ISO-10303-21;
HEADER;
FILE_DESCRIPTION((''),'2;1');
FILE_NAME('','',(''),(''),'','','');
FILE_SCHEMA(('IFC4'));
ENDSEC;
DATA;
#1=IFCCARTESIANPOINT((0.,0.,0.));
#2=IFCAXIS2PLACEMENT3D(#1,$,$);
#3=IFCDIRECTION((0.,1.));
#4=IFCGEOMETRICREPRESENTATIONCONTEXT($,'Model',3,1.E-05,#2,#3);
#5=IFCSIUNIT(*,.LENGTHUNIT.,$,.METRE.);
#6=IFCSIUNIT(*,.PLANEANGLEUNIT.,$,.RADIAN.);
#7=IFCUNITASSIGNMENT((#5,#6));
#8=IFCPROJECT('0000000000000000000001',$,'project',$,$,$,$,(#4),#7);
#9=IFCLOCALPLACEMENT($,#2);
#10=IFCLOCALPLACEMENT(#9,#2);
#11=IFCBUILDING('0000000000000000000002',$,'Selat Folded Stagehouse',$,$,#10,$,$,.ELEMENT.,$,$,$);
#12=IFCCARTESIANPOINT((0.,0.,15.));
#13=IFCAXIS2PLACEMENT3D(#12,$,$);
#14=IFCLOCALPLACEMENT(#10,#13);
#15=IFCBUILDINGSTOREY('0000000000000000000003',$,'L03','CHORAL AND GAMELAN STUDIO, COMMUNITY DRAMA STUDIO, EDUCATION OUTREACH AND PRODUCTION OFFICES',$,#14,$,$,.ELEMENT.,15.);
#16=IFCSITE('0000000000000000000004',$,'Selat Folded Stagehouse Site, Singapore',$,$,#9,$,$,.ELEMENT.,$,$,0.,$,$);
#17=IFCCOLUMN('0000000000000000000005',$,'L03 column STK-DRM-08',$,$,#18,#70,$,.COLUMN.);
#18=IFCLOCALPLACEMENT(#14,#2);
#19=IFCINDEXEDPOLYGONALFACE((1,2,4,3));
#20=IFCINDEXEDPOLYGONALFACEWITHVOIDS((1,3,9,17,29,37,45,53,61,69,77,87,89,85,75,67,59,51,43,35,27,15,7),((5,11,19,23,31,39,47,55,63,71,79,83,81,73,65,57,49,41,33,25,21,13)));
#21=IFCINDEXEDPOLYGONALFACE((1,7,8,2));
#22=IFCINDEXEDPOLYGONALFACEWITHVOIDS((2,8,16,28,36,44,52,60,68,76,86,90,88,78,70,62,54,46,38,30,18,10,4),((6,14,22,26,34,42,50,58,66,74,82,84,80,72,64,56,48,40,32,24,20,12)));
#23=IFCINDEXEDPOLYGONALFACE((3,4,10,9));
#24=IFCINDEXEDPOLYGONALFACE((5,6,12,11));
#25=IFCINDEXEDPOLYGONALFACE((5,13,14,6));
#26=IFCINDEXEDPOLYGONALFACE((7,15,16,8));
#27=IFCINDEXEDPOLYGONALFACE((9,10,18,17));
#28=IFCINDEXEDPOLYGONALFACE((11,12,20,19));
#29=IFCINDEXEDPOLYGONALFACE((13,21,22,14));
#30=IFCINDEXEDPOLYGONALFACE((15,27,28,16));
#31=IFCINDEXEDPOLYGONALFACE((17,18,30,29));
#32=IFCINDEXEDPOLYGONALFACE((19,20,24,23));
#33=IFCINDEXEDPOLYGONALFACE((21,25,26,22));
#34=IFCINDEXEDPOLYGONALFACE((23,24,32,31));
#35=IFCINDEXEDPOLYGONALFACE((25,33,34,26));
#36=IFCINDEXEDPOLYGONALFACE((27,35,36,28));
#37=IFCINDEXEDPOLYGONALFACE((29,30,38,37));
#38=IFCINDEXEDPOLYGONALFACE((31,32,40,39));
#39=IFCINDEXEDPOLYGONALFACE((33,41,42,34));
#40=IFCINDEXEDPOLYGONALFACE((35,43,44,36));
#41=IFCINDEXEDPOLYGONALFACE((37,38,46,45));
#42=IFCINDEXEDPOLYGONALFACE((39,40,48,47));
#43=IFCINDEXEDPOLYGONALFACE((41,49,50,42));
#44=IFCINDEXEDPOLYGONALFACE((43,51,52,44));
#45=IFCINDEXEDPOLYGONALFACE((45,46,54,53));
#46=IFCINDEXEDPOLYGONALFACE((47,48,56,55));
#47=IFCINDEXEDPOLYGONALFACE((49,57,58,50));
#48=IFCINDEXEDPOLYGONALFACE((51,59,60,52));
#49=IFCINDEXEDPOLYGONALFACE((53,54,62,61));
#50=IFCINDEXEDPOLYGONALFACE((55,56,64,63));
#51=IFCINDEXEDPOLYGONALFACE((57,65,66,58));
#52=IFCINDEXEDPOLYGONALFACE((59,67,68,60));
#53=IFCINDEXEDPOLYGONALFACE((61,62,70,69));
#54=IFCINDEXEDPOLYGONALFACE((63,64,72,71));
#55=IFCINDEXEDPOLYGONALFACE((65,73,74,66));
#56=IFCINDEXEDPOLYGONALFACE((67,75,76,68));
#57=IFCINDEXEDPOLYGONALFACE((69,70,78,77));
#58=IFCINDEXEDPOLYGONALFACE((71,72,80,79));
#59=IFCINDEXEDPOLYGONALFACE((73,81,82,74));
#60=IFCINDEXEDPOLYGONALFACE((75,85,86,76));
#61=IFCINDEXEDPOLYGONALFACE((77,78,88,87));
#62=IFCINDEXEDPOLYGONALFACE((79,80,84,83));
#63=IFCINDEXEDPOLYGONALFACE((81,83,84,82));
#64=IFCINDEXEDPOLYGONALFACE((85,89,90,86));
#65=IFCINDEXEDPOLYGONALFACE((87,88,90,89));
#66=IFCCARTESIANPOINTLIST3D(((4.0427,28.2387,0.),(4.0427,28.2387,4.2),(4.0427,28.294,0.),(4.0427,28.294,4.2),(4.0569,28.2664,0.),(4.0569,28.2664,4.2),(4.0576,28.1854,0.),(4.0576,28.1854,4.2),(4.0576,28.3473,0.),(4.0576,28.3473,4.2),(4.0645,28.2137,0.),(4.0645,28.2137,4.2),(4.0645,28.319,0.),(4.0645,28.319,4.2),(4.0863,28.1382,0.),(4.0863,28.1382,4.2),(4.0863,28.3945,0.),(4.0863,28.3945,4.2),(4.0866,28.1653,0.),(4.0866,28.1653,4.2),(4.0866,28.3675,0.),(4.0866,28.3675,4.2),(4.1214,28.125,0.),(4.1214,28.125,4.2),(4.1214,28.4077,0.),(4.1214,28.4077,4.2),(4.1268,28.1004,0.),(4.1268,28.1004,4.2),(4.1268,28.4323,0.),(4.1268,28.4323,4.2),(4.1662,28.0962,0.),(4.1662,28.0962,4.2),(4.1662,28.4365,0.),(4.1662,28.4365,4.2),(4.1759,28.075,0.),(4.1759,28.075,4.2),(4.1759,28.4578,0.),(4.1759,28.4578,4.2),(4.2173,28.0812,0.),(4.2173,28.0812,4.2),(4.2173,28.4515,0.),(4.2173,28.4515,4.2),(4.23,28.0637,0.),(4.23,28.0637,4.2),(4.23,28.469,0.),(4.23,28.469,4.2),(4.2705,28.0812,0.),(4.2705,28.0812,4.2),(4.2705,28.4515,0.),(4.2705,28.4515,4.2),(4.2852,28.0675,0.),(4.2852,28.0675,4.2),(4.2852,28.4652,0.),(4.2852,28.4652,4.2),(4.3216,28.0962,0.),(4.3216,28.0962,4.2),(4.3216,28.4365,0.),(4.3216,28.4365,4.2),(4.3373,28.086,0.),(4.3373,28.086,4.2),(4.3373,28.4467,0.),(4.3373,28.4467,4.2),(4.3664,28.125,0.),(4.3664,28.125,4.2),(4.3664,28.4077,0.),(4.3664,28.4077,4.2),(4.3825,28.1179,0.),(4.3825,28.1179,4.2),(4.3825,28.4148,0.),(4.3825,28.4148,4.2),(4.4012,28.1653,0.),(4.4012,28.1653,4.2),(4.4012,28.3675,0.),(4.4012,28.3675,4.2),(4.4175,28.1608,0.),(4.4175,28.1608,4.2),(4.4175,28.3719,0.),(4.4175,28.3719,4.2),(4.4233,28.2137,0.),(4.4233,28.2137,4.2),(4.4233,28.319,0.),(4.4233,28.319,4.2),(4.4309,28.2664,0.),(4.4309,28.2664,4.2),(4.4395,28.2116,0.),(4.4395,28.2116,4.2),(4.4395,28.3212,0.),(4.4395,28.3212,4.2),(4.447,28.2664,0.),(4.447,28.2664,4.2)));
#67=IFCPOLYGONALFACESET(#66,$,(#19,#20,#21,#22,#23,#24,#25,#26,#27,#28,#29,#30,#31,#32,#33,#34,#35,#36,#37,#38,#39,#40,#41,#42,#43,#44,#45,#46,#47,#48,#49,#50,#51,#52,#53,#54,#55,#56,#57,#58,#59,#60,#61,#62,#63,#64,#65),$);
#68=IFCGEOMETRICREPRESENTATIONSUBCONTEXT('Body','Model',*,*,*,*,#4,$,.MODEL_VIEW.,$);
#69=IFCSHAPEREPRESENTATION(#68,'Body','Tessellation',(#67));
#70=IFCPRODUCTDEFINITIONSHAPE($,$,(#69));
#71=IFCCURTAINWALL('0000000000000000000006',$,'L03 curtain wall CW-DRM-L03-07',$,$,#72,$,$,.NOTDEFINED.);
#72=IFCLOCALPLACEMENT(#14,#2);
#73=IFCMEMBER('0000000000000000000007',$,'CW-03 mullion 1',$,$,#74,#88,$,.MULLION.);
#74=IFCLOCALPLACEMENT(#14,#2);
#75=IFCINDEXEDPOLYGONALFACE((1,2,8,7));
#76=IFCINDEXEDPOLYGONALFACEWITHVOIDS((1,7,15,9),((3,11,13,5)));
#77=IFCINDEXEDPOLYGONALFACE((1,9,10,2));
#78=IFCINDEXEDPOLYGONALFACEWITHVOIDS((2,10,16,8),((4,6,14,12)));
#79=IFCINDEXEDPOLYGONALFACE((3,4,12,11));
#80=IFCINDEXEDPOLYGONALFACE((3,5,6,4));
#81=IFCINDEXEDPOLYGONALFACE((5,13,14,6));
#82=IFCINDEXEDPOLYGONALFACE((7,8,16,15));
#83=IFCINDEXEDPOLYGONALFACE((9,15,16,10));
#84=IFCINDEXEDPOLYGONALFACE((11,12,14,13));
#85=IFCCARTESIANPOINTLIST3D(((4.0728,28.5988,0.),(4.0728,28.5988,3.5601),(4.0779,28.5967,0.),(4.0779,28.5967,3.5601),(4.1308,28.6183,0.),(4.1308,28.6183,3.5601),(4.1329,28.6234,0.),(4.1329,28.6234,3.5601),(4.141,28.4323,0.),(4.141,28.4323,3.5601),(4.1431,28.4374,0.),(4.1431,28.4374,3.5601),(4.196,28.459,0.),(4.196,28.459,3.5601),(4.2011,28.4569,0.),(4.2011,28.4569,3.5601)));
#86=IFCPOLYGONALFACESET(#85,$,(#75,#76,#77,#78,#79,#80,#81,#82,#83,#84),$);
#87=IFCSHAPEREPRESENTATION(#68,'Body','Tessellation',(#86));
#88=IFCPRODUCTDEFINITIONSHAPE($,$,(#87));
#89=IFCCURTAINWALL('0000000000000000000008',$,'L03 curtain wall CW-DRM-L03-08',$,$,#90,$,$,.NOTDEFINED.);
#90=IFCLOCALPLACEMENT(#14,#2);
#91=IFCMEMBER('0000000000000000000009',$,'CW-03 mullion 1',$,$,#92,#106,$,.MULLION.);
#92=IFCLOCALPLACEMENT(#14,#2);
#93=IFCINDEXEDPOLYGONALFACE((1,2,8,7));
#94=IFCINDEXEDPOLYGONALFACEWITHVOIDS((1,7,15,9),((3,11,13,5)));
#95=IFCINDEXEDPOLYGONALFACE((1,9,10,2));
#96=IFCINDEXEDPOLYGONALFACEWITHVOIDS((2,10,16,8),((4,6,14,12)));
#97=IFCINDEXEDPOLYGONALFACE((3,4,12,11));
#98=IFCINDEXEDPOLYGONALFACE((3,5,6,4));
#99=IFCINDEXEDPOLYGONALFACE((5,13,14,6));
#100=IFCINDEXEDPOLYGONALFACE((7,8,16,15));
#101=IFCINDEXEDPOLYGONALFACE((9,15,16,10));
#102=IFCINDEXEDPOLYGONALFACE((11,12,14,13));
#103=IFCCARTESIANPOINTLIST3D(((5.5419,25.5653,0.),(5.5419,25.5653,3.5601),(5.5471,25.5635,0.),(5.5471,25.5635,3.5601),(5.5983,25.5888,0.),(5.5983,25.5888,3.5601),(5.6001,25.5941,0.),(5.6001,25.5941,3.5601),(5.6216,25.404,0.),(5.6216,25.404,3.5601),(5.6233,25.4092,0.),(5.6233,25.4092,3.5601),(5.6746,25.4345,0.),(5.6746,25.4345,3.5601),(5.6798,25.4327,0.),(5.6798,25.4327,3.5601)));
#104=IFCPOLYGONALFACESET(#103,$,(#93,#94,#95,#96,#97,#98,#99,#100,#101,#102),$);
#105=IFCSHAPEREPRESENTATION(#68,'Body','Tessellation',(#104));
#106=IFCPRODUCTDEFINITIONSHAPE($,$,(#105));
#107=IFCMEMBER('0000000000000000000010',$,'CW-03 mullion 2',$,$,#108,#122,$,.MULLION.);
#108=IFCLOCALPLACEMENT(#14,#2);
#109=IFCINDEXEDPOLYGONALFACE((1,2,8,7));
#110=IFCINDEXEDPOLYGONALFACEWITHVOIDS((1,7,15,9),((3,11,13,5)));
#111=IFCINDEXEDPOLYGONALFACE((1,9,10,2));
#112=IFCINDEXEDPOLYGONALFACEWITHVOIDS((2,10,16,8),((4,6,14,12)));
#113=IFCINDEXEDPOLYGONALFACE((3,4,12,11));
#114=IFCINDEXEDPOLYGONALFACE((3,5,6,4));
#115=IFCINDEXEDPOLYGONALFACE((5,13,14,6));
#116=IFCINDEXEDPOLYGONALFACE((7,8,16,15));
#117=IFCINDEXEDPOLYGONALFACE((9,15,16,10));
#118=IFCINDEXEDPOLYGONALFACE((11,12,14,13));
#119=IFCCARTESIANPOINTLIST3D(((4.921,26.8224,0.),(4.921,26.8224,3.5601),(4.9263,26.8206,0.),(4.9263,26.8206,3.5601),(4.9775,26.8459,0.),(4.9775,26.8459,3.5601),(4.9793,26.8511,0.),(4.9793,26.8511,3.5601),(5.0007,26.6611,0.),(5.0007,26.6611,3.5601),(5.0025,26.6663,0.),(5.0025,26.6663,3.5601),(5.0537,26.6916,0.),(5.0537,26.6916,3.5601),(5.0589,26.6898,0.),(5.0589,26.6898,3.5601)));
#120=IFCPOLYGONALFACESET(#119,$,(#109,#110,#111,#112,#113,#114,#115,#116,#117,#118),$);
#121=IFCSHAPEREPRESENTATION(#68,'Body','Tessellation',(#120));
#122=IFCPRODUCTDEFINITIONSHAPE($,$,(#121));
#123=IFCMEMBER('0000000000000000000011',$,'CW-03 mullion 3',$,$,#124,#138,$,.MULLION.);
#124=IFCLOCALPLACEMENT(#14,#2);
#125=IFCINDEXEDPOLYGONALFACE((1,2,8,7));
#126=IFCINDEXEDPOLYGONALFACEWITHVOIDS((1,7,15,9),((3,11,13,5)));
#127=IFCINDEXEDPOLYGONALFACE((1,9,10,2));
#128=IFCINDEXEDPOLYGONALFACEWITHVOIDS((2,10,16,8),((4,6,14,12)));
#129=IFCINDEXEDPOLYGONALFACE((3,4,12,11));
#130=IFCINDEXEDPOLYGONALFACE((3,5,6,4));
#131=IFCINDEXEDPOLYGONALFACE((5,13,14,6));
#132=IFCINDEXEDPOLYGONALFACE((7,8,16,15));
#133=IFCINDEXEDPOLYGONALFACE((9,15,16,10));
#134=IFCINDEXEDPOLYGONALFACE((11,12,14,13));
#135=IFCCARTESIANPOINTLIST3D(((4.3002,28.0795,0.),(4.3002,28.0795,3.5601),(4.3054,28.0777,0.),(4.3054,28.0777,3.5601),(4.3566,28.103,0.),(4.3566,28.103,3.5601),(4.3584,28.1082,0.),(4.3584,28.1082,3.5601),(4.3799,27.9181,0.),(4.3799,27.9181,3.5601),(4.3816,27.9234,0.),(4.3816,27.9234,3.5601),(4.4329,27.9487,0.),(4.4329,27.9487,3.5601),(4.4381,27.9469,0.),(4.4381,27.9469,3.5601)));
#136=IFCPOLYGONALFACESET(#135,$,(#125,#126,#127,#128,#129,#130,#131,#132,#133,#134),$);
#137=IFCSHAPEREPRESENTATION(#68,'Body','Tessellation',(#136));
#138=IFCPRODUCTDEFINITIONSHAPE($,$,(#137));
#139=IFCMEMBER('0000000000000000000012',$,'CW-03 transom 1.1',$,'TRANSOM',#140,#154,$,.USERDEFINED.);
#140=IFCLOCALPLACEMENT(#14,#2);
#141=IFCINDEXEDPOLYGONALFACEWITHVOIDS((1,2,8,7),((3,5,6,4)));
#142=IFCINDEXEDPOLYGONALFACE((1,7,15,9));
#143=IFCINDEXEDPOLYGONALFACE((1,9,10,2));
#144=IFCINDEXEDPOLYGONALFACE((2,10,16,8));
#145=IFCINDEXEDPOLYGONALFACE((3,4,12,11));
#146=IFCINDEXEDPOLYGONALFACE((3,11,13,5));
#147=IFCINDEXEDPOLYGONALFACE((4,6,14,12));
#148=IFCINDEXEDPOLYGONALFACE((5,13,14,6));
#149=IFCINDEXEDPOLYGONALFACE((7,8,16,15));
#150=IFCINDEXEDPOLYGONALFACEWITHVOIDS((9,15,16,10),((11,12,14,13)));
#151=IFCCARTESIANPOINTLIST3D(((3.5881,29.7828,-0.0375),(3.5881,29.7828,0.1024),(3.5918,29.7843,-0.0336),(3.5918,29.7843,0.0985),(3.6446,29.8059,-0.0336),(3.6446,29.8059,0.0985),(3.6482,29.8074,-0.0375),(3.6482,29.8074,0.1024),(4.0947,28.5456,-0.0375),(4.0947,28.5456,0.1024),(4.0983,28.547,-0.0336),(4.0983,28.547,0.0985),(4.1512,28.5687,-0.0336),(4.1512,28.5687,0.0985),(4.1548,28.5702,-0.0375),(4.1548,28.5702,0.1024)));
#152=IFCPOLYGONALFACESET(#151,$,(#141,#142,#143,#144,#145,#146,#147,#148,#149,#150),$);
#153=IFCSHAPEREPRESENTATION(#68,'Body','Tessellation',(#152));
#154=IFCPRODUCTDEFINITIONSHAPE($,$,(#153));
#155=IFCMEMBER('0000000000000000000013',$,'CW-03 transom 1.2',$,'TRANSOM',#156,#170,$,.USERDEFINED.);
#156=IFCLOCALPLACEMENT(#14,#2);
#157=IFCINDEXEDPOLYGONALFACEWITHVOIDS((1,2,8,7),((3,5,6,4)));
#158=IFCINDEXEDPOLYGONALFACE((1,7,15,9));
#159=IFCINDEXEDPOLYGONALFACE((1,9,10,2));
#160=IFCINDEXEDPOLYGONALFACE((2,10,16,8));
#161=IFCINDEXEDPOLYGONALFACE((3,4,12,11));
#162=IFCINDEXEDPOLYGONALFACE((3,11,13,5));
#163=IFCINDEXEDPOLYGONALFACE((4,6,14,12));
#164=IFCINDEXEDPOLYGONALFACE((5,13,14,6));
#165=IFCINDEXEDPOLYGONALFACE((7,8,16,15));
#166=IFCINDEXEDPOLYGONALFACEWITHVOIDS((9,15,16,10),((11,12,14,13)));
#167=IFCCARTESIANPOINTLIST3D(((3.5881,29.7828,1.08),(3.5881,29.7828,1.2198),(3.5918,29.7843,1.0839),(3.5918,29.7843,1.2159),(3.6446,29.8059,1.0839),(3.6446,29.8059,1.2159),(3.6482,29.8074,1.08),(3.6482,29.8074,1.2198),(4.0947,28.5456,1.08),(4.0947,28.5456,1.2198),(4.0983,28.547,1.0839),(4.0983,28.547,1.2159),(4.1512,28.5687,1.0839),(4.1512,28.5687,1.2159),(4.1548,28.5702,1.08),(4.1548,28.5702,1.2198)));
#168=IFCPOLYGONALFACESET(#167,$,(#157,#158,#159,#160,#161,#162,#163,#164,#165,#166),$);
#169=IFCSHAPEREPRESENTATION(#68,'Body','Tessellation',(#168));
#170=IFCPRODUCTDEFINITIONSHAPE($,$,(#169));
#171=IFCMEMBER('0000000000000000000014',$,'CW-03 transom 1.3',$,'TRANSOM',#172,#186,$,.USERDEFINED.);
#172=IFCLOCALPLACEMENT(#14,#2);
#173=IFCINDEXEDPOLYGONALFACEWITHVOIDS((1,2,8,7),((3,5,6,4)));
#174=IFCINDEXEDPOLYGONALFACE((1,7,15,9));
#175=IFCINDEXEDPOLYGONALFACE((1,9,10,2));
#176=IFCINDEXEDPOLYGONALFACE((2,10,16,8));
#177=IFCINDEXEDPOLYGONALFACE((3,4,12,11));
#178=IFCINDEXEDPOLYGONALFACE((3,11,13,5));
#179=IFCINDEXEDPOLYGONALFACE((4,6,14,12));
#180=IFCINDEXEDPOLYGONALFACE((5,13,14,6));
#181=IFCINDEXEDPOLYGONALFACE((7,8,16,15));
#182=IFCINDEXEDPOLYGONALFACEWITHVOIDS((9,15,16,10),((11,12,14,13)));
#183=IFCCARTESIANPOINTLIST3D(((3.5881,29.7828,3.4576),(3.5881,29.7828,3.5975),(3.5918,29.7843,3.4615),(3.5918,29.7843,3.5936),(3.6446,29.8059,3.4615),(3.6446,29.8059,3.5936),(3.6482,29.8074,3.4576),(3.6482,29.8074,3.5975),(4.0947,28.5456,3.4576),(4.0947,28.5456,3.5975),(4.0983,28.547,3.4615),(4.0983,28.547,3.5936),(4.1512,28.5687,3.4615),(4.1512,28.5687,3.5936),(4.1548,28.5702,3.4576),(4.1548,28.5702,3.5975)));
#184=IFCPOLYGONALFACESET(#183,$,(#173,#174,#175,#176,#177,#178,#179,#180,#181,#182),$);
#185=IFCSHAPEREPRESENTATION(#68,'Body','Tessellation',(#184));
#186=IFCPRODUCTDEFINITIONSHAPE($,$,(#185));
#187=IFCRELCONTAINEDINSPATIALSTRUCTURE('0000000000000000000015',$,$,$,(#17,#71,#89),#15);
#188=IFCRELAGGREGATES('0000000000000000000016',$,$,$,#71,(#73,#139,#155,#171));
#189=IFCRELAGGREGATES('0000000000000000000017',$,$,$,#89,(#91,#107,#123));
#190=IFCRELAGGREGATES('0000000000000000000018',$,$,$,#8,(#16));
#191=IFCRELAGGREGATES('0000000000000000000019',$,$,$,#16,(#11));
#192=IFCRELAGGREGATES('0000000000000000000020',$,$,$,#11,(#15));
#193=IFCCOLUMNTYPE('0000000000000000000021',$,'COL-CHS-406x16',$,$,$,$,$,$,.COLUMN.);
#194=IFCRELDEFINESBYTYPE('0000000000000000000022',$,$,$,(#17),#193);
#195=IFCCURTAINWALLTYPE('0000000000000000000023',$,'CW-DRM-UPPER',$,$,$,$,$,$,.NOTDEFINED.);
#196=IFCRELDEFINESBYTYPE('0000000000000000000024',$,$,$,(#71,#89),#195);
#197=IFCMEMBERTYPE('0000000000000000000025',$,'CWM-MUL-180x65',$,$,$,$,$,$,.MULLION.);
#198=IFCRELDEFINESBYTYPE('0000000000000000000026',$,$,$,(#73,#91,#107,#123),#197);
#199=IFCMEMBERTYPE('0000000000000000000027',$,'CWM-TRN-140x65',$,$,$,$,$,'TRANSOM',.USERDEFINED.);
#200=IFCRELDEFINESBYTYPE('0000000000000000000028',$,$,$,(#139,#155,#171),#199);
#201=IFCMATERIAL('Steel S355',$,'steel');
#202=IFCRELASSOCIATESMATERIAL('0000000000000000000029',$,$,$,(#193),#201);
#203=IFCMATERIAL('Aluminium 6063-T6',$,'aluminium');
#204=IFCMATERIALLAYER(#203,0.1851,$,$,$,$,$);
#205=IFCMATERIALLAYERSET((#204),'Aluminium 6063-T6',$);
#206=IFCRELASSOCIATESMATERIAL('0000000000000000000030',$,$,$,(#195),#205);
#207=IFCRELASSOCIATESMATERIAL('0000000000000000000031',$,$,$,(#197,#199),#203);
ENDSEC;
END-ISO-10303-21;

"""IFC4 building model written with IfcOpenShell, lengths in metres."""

from ifc_helpers import new_model, si_unit, direction, frame, origin, origin_2d, place, context, subcontext, project, spatial, hollow_rectangle, hollow_circle, extrude, material, layer, layer_set, material_profile, profile_set, type_object, element, aggregate, save


model = new_model("IFC4")

# Units and contexts
model_context = context("Model", 3, precision=1e-05, world=origin(), true_north=direction((0.0, 1.0)))
body_context = subcontext(model_context, "Body", "Model", "MODEL_VIEW")
ifc_project = project(units=[si_unit("LENGTHUNIT", "METRE"), si_unit("PLANEANGLEUNIT", "RADIAN")], contexts=[model_context])

# Site, building, storey
site_placement = place(None, origin())
site = spatial("IfcSite", under=ifc_project, at=site_placement, Name="Selat Folded Stagehouse Site, Singapore", CompositionType="ELEMENT", RefElevation=0.0)
building_placement = place(site_placement, origin())
building = spatial("IfcBuilding", under=site, at=building_placement, Name="Selat Folded Stagehouse", CompositionType="ELEMENT")
storey_placement = place(building_placement, frame((0.0, 0.0, 15.0)))
storey = spatial("IfcBuildingStorey", under=building, at=storey_placement, Name="L03", Description="CHORAL AND GAMELAN STUDIO, COMMUNITY DRAMA STUDIO, EDUCATION OUTREACH AND PRODUCTION OFFICES", CompositionType="ELEMENT", Elevation=15.0)

# Column
ifc_material_1 = material(Name="Steel S355", Category="steel")
ifc_material_profile_1 = material_profile(ifc_material_1, hollow_circle(Radius=0.2031, WallThickness=0.0161, at=origin_2d()), Name="CHS 406.4x16.0")
ifc_profile_set_1 = profile_set([ifc_material_profile_1], Name="Steel S355")
column_type = type_object("IfcColumnType", Name="COL-CHS-406x16", PredefinedType="COLUMN", material=ifc_profile_set_1)
column_placement = place(storey_placement, frame((4.2439, 28.2664, 0.0), z_axis=(0.0, 0.0, 1.0), x_axis=(1.0, 0.0, 0.0)))
element("IfcColumn", 1, at=column_placement, inside=storey, type_object=column_type, Name="L03 column STK-DRM-08", PredefinedType="COLUMN", context=body_context, shape_type="SweptSolid", body=[
    extrude(hollow_circle(Radius=0.2031, WallThickness=0.0161, at=origin_2d()), origin(), (0.0, 0.0, 1.0), 4.2),
])

# Curtain wall, member
ifc_material_2 = material(Name="Aluminium 6063-T6", Category="aluminium")
ifc_layer_1 = layer(ifc_material_2, 0.1851)
ifc_layer_set_1 = layer_set([ifc_layer_1], Name="Aluminium 6063-T6")
curtain_wall_type = type_object("IfcCurtainWallType", Name="CW-DRM-UPPER", PredefinedType="NOTDEFINED", material=ifc_layer_set_1)
curtain_wall_1_placement = place(storey_placement, origin())
curtain_wall_1 = element("IfcCurtainWall", 2, at=curtain_wall_1_placement, inside=storey, type_object=curtain_wall_type, Name="L03 curtain wall CW-DRM-L03-07", PredefinedType="NOTDEFINED")
ifc_material_profile_2 = material_profile(ifc_material_2, hollow_rectangle(XDim=0.0649, YDim=0.1799, WallThickness=0.0039, at=origin_2d()), Name="ALU 180x65x4.0")
ifc_profile_set_2 = profile_set([ifc_material_profile_2], Name="Aluminium 6063-T6")
member_type_1 = type_object("IfcMemberType", Name="CWM-MUL-180x65", PredefinedType="MULLION", material=ifc_profile_set_2)
member_1_placement = place(storey_placement, frame((4.137, 28.5278, 0.0), z_axis=(0.0, 0.0, 1.0), x_axis=(-0.925441, -0.378891, 0.0)))
member_1 = element("IfcMember", 3, at=member_1_placement, type_object=member_type_1, Name="CW-03 mullion 1", PredefinedType="MULLION", context=body_context, shape_type="SweptSolid", body=[
    extrude(hollow_rectangle(XDim=0.0649, YDim=0.1799, WallThickness=0.0039, at=origin_2d()), origin(), (0.0, 0.0, 1.0), 3.5601),
])

# Curtain wall, members
curtain_wall_2_placement = place(storey_placement, origin())
curtain_wall_2 = element("IfcCurtainWall", 4, at=curtain_wall_2_placement, inside=storey, type_object=curtain_wall_type, Name="L03 curtain wall CW-DRM-L03-08", PredefinedType="NOTDEFINED")
member_2_placement = place(storey_placement, frame((5.6108, 25.499, 0.0), z_axis=(0.0, 0.0, 1.0), x_axis=(-0.896598, -0.442845, 0.0)))
member_2 = element("IfcMember", 5, at=member_2_placement, type_object=member_type_1, Name="CW-03 mullion 1", PredefinedType="MULLION", context=body_context, shape_type="SweptSolid", body=[
    extrude(hollow_rectangle(XDim=0.0649, YDim=0.1799, WallThickness=0.0039, at=origin_2d()), origin(), (0.0, 0.0, 1.0), 3.5601),
])
member_3_placement = place(storey_placement, frame((4.99, 26.7561, 0.0), z_axis=(0.0, 0.0, 1.0), x_axis=(-0.896598, -0.442845, 0.0)))
member_3 = element("IfcMember", 6, at=member_3_placement, type_object=member_type_1, Name="CW-03 mullion 2", PredefinedType="MULLION", context=body_context, shape_type="SweptSolid", body=[
    extrude(hollow_rectangle(XDim=0.0649, YDim=0.1799, WallThickness=0.0039, at=origin_2d()), origin(), (0.0, 0.0, 1.0), 3.5601),
])
member_4_placement = place(storey_placement, frame((4.3691, 28.0132, 0.0), z_axis=(0.0, 0.0, 1.0), x_axis=(-0.896598, -0.442845, 0.0)))
member_4 = element("IfcMember", 7, at=member_4_placement, type_object=member_type_1, Name="CW-03 mullion 3", PredefinedType="MULLION", context=body_context, shape_type="SweptSolid", body=[
    extrude(hollow_rectangle(XDim=0.0649, YDim=0.1799, WallThickness=0.0039, at=origin_2d()), origin(), (0.0, 0.0, 1.0), 3.5601),
])

# Members
ifc_material_profile_3 = material_profile(ifc_material_2, hollow_rectangle(XDim=0.0649, YDim=0.1399, WallThickness=0.0039, at=origin_2d()), Name="ALU 140x65x4.0")
ifc_profile_set_3 = profile_set([ifc_material_profile_3], Name="Aluminium 6063-T6")
member_type_2 = type_object("IfcMemberType", Name="CWM-TRN-140x65", ElementType="TRANSOM", PredefinedType="USERDEFINED", material=ifc_profile_set_3)
member_5_placement = place(storey_placement, frame((4.1248, 28.5579, 0.0325), z_axis=(-0.378903, 0.925436, 0.0), x_axis=(-0.925436, -0.378903, 0.0)))
member_5 = element("IfcMember", 8, at=member_5_placement, type_object=member_type_2, Name="CW-03 transom 1.1", ObjectType="TRANSOM", PredefinedType="USERDEFINED", context=body_context, shape_type="SweptSolid", body=[
    extrude(hollow_rectangle(XDim=0.0649, YDim=0.1399, WallThickness=0.0039, at=origin_2d()), origin(), (0.0, 0.0, 1.0), 1.3369),
])
member_6_placement = place(storey_placement, frame((4.1248, 28.5579, 1.1499), z_axis=(-0.378903, 0.925436, 0.0), x_axis=(-0.925436, -0.378903, 0.0)))
member_6 = element("IfcMember", 9, at=member_6_placement, type_object=member_type_2, Name="CW-03 transom 1.2", ObjectType="TRANSOM", PredefinedType="USERDEFINED", context=body_context, shape_type="SweptSolid", body=[
    extrude(hollow_rectangle(XDim=0.0649, YDim=0.1399, WallThickness=0.0039, at=origin_2d()), origin(), (0.0, 0.0, 1.0), 1.3369),
])
member_7_placement = place(storey_placement, frame((4.1248, 28.5579, 3.5276), z_axis=(-0.378903, 0.925436, 0.0), x_axis=(-0.925436, -0.378903, 0.0)))
member_7 = element("IfcMember", 10, at=member_7_placement, type_object=member_type_2, Name="CW-03 transom 1.3", ObjectType="TRANSOM", PredefinedType="USERDEFINED", context=body_context, shape_type="SweptSolid", body=[
    extrude(hollow_rectangle(XDim=0.0649, YDim=0.1399, WallThickness=0.0039, at=origin_2d()), origin(), (0.0, 0.0, 1.0), 1.3369),
])
aggregate(curtain_wall_1, [member_1, member_5, member_6, member_7])

aggregate(curtain_wall_2, [member_2, member_3, member_4])

save(model, "model.ifc")
